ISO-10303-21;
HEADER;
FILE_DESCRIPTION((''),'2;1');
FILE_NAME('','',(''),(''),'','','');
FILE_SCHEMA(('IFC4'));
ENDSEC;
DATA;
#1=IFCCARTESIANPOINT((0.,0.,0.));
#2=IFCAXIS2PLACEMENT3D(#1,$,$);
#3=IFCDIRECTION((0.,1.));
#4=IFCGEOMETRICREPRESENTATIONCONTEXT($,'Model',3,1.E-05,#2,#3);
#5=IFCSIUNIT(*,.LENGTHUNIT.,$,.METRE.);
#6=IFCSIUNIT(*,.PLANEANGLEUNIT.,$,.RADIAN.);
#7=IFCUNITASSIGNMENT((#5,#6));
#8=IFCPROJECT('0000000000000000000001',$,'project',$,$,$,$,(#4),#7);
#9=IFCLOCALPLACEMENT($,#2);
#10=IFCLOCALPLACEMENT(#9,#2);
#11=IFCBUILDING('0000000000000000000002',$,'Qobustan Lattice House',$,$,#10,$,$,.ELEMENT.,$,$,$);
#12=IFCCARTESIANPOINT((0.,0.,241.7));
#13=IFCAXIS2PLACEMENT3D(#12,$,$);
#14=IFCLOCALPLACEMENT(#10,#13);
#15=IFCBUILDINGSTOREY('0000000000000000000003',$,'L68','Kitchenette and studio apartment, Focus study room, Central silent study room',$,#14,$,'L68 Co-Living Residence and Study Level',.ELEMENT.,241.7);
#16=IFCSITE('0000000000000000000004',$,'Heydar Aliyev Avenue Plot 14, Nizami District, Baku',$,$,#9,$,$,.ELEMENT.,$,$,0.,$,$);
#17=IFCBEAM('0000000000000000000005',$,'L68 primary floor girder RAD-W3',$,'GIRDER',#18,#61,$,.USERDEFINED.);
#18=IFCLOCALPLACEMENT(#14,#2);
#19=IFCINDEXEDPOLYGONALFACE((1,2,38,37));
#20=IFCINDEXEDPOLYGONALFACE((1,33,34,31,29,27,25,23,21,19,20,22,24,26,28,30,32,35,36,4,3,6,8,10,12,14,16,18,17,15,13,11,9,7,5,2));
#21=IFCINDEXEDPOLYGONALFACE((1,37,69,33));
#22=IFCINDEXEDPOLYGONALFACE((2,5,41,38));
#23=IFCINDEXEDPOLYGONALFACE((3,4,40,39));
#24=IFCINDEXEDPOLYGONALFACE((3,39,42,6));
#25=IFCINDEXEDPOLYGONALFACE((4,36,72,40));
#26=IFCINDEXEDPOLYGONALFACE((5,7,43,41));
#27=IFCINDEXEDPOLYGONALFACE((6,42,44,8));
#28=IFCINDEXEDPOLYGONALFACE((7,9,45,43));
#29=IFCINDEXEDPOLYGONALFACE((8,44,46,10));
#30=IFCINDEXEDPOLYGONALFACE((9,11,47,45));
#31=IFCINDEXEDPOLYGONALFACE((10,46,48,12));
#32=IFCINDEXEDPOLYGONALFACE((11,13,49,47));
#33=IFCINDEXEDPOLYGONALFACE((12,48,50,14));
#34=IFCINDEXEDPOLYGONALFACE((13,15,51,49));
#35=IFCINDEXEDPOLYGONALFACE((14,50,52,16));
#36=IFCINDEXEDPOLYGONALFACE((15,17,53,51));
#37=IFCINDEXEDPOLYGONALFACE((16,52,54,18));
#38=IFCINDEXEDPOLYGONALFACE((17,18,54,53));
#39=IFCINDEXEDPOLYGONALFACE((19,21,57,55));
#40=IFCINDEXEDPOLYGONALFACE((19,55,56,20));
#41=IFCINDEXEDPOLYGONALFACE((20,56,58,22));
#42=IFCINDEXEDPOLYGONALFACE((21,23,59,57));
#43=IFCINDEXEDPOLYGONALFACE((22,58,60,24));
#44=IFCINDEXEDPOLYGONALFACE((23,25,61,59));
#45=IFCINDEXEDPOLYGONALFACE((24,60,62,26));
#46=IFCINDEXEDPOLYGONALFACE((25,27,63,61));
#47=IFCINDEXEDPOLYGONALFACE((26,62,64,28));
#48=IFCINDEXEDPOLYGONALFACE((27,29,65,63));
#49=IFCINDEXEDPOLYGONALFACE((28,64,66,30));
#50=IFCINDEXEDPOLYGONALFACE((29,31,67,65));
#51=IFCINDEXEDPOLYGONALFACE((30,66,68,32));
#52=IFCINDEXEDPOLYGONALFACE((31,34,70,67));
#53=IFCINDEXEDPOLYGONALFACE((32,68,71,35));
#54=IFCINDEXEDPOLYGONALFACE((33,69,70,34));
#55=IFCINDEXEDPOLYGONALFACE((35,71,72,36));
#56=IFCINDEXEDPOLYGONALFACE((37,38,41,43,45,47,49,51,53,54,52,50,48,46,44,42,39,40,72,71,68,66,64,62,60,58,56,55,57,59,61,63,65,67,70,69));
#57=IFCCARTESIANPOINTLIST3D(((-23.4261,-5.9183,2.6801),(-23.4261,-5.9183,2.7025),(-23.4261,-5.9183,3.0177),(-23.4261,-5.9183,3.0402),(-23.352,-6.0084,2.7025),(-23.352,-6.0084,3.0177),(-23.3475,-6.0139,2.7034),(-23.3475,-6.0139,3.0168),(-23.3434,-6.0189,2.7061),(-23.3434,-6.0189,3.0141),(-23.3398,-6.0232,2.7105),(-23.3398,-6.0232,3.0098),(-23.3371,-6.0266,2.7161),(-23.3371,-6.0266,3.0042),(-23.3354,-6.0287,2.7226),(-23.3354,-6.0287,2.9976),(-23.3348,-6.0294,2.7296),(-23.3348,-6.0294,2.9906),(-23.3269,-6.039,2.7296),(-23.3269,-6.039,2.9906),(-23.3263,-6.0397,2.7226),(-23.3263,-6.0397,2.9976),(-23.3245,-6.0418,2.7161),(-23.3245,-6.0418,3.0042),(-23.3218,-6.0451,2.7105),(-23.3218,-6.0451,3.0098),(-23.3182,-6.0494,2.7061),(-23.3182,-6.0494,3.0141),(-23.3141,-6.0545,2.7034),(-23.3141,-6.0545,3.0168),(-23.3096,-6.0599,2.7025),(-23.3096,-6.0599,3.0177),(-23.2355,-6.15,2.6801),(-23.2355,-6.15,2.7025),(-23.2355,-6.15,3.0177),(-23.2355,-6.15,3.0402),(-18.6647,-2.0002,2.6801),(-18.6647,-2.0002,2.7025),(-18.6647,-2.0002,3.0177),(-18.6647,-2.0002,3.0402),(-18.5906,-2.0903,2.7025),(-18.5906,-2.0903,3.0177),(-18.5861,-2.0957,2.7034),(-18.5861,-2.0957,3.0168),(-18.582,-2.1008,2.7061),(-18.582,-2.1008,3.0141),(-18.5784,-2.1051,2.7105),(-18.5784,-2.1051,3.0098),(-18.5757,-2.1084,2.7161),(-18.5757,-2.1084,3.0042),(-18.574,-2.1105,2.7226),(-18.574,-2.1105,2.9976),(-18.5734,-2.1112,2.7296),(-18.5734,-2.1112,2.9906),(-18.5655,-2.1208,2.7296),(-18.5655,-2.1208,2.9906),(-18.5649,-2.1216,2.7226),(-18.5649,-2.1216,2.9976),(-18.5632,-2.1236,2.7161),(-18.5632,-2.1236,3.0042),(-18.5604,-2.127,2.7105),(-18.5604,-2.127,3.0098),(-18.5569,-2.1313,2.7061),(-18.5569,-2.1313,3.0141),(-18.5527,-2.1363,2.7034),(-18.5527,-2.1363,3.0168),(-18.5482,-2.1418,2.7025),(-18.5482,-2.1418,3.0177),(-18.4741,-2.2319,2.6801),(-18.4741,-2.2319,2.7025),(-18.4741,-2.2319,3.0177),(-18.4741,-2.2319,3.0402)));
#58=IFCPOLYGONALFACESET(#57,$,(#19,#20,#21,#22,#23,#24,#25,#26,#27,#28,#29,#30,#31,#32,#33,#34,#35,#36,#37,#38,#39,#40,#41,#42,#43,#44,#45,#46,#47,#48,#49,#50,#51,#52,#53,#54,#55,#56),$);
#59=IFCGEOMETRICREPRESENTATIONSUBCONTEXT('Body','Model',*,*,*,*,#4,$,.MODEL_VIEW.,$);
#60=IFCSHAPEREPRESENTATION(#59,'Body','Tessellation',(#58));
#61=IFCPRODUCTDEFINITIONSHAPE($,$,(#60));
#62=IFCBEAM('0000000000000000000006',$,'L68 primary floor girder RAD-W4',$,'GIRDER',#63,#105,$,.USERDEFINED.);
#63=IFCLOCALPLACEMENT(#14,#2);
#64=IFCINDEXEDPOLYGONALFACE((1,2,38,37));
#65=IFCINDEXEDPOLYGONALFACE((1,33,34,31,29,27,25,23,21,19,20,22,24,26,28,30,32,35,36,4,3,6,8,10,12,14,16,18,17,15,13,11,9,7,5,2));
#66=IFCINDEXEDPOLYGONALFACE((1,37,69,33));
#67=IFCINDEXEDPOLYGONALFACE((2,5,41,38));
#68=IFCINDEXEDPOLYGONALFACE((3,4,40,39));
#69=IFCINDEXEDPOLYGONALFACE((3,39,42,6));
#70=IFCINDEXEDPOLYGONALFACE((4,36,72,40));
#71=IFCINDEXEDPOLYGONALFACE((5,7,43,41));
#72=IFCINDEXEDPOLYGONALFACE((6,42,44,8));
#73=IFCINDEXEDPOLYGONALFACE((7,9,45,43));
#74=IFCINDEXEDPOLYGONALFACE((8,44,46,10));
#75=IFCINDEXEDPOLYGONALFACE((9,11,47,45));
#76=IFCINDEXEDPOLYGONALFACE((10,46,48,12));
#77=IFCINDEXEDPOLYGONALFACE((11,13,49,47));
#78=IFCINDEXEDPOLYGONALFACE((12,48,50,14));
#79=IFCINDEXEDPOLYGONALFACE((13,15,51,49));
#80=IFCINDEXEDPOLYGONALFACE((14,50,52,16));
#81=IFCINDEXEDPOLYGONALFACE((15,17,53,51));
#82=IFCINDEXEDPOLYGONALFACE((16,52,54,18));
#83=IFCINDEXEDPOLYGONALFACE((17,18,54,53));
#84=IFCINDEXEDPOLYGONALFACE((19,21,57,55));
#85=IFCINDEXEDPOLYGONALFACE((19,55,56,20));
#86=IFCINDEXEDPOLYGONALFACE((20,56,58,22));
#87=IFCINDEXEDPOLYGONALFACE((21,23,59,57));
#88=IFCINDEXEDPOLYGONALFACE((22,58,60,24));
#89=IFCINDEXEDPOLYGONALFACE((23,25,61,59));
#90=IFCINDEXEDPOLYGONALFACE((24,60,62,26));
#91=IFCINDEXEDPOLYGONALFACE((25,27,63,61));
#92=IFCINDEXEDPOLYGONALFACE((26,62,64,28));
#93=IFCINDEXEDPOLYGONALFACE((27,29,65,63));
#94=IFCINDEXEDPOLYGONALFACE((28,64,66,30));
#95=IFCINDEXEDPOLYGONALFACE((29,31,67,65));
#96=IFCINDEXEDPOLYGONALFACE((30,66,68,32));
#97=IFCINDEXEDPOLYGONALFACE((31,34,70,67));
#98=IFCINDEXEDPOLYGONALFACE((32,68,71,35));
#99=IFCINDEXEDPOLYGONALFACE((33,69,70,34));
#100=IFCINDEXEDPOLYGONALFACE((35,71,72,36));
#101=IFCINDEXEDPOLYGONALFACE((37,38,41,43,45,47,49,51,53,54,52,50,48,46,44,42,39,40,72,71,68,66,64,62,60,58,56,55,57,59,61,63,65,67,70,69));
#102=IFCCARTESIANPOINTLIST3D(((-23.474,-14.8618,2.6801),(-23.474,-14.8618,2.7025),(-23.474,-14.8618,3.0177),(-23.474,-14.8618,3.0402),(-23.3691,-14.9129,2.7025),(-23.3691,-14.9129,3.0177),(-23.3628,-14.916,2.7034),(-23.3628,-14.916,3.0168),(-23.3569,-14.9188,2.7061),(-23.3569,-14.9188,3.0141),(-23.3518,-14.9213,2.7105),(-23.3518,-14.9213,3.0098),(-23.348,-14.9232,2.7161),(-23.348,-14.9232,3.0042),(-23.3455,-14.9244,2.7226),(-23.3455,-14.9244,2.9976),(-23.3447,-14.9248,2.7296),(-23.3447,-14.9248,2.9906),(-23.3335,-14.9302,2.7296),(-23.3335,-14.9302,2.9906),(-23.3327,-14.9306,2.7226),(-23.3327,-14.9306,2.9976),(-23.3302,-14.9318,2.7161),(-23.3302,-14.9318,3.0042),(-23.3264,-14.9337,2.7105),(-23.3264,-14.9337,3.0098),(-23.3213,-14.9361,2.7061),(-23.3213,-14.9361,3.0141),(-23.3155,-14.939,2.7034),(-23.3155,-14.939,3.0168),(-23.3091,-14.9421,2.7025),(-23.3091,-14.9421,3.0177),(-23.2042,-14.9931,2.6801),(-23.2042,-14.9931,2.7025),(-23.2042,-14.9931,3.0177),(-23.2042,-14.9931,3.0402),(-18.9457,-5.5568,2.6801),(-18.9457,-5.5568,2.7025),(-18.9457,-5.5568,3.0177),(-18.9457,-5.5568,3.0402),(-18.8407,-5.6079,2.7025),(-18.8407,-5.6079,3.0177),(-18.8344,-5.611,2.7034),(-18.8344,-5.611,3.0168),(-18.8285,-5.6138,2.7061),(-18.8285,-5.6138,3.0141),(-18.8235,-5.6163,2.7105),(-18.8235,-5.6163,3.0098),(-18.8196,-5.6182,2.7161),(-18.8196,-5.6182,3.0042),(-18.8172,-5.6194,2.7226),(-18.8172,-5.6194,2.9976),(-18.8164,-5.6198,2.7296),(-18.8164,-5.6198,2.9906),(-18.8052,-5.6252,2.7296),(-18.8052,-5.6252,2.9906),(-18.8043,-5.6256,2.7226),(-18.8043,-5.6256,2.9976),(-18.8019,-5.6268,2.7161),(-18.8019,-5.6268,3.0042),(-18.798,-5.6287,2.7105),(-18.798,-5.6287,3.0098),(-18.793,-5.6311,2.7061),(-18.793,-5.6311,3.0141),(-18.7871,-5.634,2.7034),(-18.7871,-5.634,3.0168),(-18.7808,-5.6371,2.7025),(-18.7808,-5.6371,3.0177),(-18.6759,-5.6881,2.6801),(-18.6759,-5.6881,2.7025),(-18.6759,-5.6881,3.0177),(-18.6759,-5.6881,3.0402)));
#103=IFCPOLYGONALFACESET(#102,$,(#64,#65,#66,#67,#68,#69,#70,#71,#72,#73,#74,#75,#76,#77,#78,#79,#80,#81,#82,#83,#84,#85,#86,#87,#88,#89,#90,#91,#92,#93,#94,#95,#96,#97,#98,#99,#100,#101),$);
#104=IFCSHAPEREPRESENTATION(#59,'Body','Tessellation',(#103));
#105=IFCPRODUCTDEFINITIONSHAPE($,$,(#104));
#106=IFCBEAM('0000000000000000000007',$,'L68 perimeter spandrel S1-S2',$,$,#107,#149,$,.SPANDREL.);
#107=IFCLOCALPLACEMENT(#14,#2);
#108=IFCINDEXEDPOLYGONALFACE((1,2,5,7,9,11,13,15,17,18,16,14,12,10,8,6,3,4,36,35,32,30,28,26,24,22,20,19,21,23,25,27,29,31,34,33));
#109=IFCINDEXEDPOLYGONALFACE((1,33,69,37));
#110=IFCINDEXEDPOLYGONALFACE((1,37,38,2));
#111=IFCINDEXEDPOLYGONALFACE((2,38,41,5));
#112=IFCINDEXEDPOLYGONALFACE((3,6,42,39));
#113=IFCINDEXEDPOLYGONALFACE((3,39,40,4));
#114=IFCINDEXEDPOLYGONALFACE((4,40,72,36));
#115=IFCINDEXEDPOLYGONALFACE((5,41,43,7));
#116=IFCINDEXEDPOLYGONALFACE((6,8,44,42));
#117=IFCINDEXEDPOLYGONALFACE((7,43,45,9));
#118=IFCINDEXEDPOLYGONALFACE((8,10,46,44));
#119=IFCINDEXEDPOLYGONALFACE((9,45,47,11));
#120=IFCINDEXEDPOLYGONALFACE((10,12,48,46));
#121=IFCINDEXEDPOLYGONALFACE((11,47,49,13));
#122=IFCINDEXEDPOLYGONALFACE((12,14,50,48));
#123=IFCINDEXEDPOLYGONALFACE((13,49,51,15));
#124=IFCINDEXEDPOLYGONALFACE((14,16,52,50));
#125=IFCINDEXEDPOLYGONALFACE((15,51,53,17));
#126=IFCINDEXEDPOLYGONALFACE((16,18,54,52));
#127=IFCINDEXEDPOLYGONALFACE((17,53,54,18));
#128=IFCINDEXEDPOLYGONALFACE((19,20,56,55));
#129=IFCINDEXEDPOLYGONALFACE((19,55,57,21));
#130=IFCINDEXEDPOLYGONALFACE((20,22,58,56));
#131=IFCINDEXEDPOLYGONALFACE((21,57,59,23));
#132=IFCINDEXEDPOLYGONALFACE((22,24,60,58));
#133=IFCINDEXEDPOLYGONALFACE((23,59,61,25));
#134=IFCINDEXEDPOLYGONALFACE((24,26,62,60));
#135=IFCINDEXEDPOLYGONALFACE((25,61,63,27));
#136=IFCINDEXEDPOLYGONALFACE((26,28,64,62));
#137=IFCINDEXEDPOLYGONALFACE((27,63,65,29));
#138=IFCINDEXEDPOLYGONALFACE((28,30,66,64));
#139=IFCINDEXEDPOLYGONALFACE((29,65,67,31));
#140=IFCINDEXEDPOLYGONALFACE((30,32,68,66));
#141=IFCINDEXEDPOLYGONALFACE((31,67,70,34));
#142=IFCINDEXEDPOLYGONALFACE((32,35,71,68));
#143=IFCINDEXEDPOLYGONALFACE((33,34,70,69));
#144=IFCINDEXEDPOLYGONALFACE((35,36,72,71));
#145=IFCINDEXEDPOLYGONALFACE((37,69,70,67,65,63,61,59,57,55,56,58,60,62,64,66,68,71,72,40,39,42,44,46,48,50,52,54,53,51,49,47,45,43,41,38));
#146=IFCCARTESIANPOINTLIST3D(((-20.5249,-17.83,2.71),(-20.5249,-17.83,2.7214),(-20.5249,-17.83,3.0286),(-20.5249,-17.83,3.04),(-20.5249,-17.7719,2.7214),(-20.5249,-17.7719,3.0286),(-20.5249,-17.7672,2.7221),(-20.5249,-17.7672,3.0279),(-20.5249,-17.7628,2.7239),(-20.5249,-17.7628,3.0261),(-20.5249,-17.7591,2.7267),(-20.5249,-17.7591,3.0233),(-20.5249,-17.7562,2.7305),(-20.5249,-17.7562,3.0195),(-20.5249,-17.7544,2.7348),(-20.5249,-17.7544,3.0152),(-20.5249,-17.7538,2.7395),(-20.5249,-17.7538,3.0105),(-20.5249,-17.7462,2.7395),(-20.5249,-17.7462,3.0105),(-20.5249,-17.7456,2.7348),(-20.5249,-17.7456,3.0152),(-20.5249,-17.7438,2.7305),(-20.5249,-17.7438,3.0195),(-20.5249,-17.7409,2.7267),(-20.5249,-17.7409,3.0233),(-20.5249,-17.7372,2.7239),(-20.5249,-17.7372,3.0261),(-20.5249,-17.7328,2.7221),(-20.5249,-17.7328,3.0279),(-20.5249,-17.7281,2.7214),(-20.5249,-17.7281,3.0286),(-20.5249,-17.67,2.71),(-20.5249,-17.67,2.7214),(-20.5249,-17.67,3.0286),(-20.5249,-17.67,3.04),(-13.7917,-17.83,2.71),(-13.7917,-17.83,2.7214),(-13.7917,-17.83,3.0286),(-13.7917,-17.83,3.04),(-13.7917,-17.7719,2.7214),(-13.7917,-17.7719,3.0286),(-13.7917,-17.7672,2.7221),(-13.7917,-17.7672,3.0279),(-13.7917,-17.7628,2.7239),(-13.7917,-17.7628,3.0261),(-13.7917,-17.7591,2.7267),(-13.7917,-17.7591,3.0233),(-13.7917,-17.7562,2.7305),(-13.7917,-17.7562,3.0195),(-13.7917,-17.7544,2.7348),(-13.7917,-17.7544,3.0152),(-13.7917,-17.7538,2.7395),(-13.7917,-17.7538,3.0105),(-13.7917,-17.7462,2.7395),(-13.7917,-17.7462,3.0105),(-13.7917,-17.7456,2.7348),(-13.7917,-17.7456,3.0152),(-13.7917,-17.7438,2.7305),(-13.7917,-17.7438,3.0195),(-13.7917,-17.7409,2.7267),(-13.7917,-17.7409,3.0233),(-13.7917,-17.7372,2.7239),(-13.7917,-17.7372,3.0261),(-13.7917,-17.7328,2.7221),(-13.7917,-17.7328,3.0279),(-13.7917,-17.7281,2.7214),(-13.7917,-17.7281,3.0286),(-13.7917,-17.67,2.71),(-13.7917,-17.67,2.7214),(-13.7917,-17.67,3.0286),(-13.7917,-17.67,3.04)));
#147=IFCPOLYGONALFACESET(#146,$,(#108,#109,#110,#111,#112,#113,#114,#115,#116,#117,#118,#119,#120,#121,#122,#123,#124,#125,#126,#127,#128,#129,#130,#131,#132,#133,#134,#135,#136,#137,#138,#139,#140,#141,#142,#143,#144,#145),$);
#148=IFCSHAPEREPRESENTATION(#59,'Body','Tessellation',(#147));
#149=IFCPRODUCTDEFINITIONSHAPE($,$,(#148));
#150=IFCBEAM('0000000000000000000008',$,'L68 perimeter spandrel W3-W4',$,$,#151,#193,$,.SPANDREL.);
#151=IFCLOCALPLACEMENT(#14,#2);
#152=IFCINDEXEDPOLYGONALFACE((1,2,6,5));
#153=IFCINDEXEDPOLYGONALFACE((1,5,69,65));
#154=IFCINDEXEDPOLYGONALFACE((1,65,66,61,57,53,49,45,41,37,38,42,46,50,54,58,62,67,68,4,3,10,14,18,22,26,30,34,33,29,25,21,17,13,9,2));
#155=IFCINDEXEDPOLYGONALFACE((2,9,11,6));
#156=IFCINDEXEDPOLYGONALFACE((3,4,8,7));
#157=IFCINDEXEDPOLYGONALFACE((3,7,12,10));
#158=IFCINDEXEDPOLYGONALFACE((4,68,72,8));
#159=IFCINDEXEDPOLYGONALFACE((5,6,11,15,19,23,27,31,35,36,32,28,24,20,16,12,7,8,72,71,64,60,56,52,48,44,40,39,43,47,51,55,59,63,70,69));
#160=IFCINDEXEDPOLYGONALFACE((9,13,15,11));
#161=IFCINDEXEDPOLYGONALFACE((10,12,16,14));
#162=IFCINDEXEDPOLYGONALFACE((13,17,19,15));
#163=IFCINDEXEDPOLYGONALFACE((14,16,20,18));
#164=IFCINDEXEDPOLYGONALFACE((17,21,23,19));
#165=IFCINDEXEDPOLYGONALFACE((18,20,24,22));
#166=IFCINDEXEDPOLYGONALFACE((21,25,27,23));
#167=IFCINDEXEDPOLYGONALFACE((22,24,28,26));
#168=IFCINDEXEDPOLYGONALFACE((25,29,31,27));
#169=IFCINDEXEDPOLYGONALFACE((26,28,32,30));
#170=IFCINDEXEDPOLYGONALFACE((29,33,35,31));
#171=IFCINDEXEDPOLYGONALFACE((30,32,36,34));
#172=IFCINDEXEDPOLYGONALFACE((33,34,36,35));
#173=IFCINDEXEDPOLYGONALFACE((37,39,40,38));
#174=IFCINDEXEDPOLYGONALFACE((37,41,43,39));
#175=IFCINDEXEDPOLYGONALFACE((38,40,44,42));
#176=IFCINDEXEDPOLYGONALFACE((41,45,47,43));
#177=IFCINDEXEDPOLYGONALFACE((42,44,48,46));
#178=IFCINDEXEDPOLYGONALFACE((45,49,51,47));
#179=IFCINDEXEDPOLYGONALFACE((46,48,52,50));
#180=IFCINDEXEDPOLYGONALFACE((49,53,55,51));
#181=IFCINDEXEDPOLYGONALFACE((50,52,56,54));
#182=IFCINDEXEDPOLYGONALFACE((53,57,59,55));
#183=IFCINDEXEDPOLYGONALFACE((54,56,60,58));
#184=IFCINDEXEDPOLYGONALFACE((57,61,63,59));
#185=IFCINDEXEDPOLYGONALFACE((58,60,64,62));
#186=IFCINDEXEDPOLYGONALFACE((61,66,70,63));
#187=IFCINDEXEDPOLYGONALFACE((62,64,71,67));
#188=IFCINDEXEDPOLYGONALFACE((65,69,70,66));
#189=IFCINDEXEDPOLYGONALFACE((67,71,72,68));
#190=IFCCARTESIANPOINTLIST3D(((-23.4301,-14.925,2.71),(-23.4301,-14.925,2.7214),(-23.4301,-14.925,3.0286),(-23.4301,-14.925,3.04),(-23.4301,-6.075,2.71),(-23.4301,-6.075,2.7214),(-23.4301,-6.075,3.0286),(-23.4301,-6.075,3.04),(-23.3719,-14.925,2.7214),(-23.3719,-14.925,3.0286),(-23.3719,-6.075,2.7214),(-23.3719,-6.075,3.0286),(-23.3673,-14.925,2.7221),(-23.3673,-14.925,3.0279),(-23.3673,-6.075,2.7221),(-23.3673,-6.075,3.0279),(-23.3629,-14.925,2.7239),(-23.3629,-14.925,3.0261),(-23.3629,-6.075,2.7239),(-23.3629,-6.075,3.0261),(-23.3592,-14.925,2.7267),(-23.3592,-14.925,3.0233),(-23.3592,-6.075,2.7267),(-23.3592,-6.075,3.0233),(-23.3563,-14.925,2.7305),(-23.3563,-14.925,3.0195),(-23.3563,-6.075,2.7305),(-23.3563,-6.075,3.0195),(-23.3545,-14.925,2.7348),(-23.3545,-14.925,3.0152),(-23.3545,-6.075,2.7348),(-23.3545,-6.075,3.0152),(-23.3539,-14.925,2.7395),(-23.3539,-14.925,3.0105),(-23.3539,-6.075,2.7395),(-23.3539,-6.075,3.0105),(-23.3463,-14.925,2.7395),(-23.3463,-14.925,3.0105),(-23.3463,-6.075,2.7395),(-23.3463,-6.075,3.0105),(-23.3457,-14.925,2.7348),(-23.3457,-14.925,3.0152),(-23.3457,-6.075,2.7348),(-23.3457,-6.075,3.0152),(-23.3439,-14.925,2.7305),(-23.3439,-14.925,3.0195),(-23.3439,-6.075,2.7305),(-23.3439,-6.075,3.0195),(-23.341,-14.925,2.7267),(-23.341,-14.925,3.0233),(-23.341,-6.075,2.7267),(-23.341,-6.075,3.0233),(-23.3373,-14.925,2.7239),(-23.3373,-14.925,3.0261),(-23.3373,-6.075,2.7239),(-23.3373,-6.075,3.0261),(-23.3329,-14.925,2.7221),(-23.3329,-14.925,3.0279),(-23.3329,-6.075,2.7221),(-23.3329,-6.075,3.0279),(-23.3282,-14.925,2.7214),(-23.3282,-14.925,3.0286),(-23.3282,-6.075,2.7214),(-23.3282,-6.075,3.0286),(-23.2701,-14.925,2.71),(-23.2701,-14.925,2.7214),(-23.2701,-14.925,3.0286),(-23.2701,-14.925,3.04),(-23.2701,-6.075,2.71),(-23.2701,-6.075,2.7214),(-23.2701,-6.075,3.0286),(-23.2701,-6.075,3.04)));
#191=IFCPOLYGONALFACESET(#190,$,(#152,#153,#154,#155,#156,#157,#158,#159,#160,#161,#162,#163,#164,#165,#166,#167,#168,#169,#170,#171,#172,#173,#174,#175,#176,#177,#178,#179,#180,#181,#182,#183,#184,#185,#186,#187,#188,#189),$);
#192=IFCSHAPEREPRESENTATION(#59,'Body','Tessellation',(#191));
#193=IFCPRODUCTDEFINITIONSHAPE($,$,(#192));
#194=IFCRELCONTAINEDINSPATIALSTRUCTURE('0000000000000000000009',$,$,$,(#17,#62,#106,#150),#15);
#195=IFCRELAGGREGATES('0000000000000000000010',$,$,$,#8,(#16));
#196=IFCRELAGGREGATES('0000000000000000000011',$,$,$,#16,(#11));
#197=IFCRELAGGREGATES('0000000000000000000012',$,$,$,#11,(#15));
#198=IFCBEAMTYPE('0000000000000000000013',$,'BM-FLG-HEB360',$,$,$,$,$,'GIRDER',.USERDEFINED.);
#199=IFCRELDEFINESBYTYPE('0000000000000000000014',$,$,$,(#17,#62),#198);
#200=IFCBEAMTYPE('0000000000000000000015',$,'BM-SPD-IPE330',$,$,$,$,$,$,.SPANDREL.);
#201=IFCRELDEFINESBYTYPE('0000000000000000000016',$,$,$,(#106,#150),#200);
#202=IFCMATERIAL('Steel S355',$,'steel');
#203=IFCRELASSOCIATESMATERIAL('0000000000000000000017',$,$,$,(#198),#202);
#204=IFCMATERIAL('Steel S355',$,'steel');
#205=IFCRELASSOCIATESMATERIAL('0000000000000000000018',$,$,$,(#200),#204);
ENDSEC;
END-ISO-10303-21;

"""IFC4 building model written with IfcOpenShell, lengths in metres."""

from ifc_helpers import new_model, si_unit, direction, frame, origin, origin_2d, place, context, subcontext, project, spatial, i_section, extrude, material, material_profile, profile_set, type_object, element, save


model = new_model("IFC4")

# Units and contexts
model_context = context("Model", 3, precision=1e-05, world=origin(), true_north=direction((0.0, 1.0)))
body_context = subcontext(model_context, "Body", "Model", "MODEL_VIEW")
ifc_project = project(units=[si_unit("LENGTHUNIT", "METRE"), si_unit("PLANEANGLEUNIT", "RADIAN")], contexts=[model_context])

# Site, building, storey
site_placement = place(None, origin())
site = spatial("IfcSite", under=ifc_project, at=site_placement, Name="Heydar Aliyev Avenue Plot 14, Nizami District, Baku", CompositionType="ELEMENT", RefElevation=0.0)
building_placement = place(site_placement, origin())
building = spatial("IfcBuilding", under=site, at=building_placement, Name="Qobustan Lattice House", CompositionType="ELEMENT")
storey_placement = place(building_placement, frame((0.0, 0.0, 241.7)))
storey = spatial("IfcBuildingStorey", under=building, at=storey_placement, Name="L68", Description="Kitchenette and studio apartment, Focus study room, Central silent study room", LongName="L68 Co-Living Residence and Study Level", CompositionType="ELEMENT", Elevation=241.7)

# Beams
ifc_material_1 = material(Name="Steel S355", Category="steel")
ifc_material_profile_1 = material_profile(ifc_material_1, i_section(OverallWidth=0.3, OverallDepth=0.3601, WebThickness=0.0125, FlangeThickness=0.0225, FilletRadius=0.0271, at=origin_2d()), Name="HEB360")
ifc_profile_set_1 = profile_set([ifc_material_profile_1], Name="Steel S355")
beam_type_1 = type_object("IfcBeamType", Name="BM-FLG-HEB360", ElementType="GIRDER", PredefinedType="USERDEFINED", material=ifc_profile_set_1)
beam_1_placement = place(storey_placement, frame((-23.3308, -6.0342, 2.8601), z_axis=(0.772169, 0.635417, 0.0), x_axis=(-0.635417, 0.772169, 0.0)))
element("IfcBeam", 1, at=beam_1_placement, inside=storey, type_object=beam_type_1, Name="L68 primary floor girder RAD-W3", ObjectType="GIRDER", PredefinedType="USERDEFINED", context=body_context, shape_type="SweptSolid", body=[
    extrude(i_section(OverallWidth=0.3, OverallDepth=0.3601, WebThickness=0.0125, FlangeThickness=0.0225, FilletRadius=0.0271, at=origin_2d()), origin(), (0.0, 0.0, 1.0), 6.1663),
])
beam_2_placement = place(storey_placement, frame((-23.3391, -14.9275, 2.8601), z_axis=(0.43759, 0.899174, 0.0), x_axis=(-0.899174, 0.43759, 0.0)))
element("IfcBeam", 2, at=beam_2_placement, inside=storey, type_object=beam_type_1, Name="L68 primary floor girder RAD-W4", ObjectType="GIRDER", PredefinedType="USERDEFINED", context=body_context, shape_type="SweptSolid", body=[
    extrude(i_section(OverallWidth=0.3, OverallDepth=0.3601, WebThickness=0.0125, FlangeThickness=0.0225, FilletRadius=0.0271, at=origin_2d()), origin(), (0.0, 0.0, 1.0), 10.3484),
])
ifc_material_2 = material(Name="Steel S355", Category="steel")
ifc_material_profile_2 = material_profile(ifc_material_2, i_section(OverallWidth=0.1599, OverallDepth=0.3301, WebThickness=0.0076, FlangeThickness=0.0115, FilletRadius=0.0181, at=origin_2d()), Name="IPE330")
ifc_profile_set_2 = profile_set([ifc_material_profile_2], Name="Steel S355")
beam_type_2 = type_object("IfcBeamType", Name="BM-SPD-IPE330", PredefinedType="SPANDREL", material=ifc_profile_set_2)
beam_3_placement = place(storey_placement, frame((-20.5249, -17.75, 2.875), z_axis=(1.0, 0.0, 0.0), x_axis=(0.0, 1.0, 0.0)))
element("IfcBeam", 3, at=beam_3_placement, inside=storey, type_object=beam_type_2, Name="L68 perimeter spandrel S1-S2", PredefinedType="SPANDREL", context=body_context, shape_type="SweptSolid", body=[
    extrude(i_section(OverallWidth=0.1599, OverallDepth=0.3301, WebThickness=0.0076, FlangeThickness=0.0115, FilletRadius=0.0181, at=origin_2d()), origin(), (0.0, 0.0, 1.0), 6.7332),
])
beam_4_placement = place(storey_placement, frame((-23.3501, -6.075, 2.875), z_axis=(0.0, -1.0, 0.0), x_axis=(1.0, 0.0, 0.0)))
element("IfcBeam", 4, at=beam_4_placement, inside=storey, type_object=beam_type_2, Name="L68 perimeter spandrel W3-W4", PredefinedType="SPANDREL", context=body_context, shape_type="SweptSolid", body=[
    extrude(i_section(OverallWidth=0.1599, OverallDepth=0.3301, WebThickness=0.0076, FlangeThickness=0.0115, FilletRadius=0.0181, at=origin_2d()), origin(), (0.0, 0.0, 1.0), 8.8501),
])

save(model, "model.ifc")
